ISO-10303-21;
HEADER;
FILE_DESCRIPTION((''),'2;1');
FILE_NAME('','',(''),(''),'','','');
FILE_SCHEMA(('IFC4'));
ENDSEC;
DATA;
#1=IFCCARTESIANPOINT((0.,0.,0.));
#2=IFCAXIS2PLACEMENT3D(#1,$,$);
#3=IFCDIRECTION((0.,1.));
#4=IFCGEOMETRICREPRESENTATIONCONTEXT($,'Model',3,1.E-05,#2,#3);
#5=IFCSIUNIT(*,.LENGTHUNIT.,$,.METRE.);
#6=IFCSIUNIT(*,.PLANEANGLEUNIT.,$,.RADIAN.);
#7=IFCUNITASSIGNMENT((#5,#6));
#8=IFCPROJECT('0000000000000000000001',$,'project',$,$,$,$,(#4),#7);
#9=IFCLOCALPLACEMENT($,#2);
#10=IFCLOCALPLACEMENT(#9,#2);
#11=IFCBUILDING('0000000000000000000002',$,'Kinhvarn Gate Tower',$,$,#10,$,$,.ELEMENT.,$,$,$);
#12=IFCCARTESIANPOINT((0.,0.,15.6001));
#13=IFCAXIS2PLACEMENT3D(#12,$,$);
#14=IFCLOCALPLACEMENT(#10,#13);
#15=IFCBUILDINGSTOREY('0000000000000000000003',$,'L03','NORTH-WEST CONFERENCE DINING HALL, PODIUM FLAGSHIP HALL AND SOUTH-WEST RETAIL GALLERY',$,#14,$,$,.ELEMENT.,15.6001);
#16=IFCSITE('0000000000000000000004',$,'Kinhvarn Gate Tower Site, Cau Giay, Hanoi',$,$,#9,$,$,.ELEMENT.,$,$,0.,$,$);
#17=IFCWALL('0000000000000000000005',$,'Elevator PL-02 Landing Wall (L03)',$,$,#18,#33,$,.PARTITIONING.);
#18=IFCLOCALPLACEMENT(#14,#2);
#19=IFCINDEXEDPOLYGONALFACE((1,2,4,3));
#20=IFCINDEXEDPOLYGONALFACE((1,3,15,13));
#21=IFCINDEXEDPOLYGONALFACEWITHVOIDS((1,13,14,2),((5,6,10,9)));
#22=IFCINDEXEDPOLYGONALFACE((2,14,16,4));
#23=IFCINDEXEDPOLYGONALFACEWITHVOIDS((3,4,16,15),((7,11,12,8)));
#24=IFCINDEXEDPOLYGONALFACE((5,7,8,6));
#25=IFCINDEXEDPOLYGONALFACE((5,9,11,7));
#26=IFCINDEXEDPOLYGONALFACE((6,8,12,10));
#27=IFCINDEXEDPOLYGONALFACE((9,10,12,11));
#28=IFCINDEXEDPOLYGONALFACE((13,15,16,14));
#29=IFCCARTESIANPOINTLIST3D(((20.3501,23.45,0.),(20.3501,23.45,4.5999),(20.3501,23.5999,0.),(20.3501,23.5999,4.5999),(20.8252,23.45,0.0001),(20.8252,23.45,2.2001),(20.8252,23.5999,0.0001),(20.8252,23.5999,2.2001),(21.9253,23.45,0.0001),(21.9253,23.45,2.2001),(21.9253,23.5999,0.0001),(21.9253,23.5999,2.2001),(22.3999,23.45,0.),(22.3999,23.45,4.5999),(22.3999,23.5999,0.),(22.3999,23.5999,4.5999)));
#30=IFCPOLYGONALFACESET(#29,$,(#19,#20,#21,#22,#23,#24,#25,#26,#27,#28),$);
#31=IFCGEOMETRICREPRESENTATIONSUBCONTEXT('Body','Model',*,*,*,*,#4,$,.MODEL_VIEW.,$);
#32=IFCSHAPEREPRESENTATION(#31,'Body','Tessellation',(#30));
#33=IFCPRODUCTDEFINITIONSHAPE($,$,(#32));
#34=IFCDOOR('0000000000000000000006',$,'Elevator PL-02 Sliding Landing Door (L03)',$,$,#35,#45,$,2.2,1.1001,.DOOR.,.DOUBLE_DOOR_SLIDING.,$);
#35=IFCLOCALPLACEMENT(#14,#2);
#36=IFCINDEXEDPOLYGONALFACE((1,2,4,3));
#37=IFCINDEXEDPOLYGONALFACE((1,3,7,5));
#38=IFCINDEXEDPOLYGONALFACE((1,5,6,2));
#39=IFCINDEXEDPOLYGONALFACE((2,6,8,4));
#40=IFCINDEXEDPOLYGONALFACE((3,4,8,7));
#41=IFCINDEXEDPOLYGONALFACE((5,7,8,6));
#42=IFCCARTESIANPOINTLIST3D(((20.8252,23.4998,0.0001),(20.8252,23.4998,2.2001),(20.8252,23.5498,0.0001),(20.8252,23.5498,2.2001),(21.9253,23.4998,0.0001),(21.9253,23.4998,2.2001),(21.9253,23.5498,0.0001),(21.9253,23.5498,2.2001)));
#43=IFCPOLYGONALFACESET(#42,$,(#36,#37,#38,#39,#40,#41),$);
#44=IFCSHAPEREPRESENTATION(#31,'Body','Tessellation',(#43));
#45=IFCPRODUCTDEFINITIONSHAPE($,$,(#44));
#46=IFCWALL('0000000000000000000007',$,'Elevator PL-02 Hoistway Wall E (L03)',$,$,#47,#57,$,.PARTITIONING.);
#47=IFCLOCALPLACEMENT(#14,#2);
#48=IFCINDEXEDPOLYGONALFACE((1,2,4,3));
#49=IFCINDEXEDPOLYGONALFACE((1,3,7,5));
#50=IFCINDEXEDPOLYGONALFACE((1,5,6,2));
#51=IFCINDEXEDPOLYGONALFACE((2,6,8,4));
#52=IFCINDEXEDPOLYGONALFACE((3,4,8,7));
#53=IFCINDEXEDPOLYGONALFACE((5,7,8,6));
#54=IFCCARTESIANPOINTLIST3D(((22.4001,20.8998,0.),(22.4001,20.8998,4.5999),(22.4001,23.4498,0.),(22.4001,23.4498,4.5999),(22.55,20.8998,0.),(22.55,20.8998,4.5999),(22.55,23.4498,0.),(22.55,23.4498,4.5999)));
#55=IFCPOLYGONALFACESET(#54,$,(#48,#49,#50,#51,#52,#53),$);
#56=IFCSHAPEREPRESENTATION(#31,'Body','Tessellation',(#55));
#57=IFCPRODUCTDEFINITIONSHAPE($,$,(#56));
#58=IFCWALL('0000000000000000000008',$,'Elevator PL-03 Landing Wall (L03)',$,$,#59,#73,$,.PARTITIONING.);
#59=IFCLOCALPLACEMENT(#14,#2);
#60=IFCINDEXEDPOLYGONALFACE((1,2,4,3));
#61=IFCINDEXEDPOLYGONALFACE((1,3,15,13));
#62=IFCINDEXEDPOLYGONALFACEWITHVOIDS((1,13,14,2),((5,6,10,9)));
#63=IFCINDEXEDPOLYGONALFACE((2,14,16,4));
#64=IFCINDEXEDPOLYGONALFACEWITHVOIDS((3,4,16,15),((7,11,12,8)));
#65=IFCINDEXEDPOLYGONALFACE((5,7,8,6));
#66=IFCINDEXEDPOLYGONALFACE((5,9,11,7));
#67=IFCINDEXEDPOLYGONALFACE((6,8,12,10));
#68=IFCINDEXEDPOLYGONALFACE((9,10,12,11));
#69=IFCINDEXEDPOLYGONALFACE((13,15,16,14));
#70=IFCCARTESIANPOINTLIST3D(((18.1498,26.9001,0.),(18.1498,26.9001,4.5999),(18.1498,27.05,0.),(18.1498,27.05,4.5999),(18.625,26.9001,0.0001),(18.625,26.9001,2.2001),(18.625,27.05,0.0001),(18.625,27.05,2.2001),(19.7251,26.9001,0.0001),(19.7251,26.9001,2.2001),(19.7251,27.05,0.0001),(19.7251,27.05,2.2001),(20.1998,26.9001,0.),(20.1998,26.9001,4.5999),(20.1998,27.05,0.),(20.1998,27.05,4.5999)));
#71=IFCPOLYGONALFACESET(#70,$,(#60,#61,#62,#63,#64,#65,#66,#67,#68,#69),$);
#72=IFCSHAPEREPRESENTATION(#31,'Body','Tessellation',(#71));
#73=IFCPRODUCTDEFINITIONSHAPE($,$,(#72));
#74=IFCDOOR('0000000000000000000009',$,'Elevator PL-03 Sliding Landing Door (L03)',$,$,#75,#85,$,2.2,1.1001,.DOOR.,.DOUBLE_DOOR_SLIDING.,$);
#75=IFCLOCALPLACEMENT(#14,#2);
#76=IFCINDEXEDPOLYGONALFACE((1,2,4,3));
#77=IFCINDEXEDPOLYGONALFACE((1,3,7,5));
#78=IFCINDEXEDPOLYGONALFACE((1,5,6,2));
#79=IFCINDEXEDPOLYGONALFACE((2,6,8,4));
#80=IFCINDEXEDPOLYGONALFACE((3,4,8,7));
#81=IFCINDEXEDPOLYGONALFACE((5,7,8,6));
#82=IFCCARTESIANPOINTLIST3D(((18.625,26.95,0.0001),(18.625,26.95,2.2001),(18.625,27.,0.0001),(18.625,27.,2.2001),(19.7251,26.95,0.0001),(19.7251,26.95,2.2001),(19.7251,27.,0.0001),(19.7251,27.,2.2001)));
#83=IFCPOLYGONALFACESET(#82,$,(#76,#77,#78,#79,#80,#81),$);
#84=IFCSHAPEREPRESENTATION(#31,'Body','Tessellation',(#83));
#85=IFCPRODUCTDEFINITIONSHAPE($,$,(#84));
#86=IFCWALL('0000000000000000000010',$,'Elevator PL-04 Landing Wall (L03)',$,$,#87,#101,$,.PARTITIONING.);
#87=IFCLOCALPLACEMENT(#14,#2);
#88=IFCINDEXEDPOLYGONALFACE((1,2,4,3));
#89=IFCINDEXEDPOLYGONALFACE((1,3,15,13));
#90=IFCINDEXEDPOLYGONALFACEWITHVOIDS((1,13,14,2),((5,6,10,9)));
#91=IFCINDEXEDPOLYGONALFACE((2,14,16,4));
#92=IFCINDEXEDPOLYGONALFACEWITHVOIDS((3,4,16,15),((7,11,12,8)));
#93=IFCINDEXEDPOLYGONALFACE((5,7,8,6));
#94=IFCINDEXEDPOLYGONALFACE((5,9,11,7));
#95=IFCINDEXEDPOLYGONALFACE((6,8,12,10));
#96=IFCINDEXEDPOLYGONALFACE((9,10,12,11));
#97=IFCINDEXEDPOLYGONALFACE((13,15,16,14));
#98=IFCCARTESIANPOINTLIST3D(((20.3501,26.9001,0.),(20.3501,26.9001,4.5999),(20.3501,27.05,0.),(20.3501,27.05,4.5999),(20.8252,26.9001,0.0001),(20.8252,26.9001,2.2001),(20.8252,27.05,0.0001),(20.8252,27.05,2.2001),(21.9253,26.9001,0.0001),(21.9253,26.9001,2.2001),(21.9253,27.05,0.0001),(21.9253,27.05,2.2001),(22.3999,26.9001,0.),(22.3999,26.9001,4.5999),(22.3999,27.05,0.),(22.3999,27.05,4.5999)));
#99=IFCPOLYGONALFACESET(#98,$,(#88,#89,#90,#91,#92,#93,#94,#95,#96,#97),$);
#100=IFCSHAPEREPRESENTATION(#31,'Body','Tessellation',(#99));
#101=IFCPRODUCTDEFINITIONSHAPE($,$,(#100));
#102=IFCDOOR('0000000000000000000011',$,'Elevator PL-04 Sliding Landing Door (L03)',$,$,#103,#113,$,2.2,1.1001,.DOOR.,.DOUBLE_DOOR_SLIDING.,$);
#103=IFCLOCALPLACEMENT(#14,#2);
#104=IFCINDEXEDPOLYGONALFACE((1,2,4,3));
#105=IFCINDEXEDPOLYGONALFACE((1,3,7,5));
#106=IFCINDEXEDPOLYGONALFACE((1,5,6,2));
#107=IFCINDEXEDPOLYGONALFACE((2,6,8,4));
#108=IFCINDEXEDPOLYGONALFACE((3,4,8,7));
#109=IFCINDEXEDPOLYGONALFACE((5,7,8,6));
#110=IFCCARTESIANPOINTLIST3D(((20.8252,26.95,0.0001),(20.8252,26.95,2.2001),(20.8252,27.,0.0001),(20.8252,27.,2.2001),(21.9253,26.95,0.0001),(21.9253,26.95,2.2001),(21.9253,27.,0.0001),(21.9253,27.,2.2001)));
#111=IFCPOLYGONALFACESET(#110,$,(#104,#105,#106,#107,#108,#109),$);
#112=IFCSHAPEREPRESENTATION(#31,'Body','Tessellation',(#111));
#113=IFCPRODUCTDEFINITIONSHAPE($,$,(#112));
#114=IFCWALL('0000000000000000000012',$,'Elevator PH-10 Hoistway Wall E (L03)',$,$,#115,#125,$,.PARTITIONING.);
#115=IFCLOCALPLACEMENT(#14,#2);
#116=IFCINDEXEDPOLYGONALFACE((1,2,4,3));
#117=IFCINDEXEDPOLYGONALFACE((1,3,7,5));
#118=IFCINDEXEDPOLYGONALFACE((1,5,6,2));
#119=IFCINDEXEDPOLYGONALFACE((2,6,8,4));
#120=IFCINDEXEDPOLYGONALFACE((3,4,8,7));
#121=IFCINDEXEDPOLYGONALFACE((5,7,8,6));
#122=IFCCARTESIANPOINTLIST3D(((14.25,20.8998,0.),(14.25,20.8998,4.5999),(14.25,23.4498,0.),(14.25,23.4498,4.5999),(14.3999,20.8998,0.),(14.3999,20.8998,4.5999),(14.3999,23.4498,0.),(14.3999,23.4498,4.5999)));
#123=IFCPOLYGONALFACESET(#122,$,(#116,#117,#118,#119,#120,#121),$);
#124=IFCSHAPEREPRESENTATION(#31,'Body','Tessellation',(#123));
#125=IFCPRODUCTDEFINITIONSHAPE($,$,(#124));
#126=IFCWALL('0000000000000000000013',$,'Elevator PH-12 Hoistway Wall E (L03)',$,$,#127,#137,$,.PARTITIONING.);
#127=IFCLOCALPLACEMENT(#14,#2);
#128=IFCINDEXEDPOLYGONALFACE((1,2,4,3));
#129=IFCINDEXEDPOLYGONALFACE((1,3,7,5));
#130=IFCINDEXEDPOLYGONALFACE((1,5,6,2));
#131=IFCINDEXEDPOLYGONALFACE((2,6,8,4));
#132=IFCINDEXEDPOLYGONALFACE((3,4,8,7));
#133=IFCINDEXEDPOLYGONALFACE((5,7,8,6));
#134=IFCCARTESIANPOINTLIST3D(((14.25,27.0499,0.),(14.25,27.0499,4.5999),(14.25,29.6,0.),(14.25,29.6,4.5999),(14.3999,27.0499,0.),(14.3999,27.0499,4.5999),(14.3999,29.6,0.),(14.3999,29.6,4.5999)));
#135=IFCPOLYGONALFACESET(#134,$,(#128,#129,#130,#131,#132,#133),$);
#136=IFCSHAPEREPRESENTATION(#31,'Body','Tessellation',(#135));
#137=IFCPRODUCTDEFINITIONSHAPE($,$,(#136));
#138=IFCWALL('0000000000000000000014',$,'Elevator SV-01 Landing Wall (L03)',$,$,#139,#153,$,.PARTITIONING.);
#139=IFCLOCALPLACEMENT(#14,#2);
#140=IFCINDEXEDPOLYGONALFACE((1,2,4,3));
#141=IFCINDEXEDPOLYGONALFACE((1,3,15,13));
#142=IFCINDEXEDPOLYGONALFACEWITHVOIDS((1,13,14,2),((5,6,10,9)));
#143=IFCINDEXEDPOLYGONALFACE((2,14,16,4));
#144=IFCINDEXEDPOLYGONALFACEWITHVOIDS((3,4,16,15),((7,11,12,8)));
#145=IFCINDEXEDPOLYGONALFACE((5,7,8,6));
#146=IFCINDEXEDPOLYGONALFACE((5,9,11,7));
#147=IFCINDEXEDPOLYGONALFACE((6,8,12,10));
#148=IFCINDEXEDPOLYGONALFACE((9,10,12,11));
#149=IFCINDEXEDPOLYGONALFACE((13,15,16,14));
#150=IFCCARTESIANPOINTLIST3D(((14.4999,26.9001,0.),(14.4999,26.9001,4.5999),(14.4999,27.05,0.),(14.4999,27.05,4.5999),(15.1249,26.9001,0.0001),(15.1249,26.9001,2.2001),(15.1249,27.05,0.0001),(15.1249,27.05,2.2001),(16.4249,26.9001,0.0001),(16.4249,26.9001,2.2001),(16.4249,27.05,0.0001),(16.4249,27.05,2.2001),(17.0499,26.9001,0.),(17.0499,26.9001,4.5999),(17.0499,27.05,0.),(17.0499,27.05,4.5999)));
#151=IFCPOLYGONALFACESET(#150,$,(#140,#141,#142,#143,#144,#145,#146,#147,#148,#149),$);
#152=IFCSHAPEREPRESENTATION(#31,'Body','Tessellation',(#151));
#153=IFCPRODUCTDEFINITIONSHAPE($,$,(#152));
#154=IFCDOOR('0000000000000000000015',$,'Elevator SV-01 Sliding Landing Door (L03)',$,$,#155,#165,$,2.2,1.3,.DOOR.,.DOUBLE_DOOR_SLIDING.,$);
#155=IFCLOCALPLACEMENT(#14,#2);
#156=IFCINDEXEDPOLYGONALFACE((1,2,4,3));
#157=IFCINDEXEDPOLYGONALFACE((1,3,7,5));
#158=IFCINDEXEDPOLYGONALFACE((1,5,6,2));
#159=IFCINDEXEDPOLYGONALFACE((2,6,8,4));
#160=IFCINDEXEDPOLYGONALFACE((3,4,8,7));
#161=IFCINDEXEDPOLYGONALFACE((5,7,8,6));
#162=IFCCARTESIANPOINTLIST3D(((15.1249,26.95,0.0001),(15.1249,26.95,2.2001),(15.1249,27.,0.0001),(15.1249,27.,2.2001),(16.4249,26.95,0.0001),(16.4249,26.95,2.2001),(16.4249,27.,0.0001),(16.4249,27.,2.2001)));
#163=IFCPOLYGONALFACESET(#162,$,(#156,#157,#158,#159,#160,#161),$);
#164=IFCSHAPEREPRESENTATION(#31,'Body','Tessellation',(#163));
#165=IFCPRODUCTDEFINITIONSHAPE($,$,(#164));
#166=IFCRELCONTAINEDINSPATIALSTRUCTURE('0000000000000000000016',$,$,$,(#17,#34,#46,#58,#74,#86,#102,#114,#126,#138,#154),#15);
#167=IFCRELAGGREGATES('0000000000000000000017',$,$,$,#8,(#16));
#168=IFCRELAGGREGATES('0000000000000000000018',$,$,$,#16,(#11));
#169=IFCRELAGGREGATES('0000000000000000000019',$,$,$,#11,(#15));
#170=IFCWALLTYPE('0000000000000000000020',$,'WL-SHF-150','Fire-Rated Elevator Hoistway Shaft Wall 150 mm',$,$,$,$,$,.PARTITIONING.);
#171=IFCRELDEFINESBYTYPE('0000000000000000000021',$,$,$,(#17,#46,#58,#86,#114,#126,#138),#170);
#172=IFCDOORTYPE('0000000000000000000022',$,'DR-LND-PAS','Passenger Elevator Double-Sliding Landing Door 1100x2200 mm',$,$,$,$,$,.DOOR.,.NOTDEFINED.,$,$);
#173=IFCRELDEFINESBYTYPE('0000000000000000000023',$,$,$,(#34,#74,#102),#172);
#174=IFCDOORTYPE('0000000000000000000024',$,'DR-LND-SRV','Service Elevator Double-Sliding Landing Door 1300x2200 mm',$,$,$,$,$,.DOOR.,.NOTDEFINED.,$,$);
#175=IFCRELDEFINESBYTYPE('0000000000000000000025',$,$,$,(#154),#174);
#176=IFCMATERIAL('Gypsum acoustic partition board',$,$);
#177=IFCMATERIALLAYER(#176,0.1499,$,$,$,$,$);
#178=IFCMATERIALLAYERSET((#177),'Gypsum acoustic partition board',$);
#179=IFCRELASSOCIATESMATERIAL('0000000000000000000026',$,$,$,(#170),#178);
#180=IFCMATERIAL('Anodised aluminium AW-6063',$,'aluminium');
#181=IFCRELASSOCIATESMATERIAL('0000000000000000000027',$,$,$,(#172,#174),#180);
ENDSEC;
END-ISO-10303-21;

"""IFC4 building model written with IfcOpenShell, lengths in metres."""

from ifc_helpers import new_model, si_unit, direction, frame, frame_2d, origin, place, context, subcontext, project, spatial, rectangle, extrude, material, layer, layer_set, type_object, element, fill, save


model = new_model("IFC4")

# Units and contexts
model_context = context("Model", 3, precision=1e-05, world=origin(), true_north=direction((0.0, 1.0)))
body_context = subcontext(model_context, "Body", "Model", "MODEL_VIEW")
ifc_project = project(units=[si_unit("LENGTHUNIT", "METRE"), si_unit("PLANEANGLEUNIT", "RADIAN")], contexts=[model_context])

# Site, building, storey
site_placement = place(None, origin())
site = spatial("IfcSite", under=ifc_project, at=site_placement, Name="Kinhvarn Gate Tower Site, Cau Giay, Hanoi", CompositionType="ELEMENT", RefElevation=0.0)
building_placement = place(site_placement, origin())
building = spatial("IfcBuilding", under=site, at=building_placement, Name="Kinhvarn Gate Tower", CompositionType="ELEMENT")
storey_placement = place(building_placement, frame((0.0, 0.0, 15.6001)))
storey = spatial("IfcBuildingStorey", under=building, at=storey_placement, Name="L03", Description="NORTH-WEST CONFERENCE DINING HALL, PODIUM FLAGSHIP HALL AND SOUTH-WEST RETAIL GALLERY", CompositionType="ELEMENT", Elevation=15.6001)

# Shared definitions
ifc_material_1 = material(Name="Gypsum acoustic partition board")
ifc_material_2 = material(Name="Anodised aluminium AW-6063", Category="aluminium")

# Shared definitions
ifc_layer_1 = layer(ifc_material_1, 0.1499)
ifc_layer_set_1 = layer_set([ifc_layer_1], Name="Gypsum acoustic partition board")
wall_type_1 = type_object("IfcWallType", Name="WL-SHF-150", Description="Fire-Rated Elevator Hoistway Shaft Wall 150 mm", PredefinedType="PARTITIONING", material=ifc_layer_set_1)

# Shared definitions
door_type_1 = type_object("IfcDoorType", Name="DR-LND-PAS", Description="Passenger Elevator Double-Sliding Landing Door 1100x2200 mm", OperationType="NOTDEFINED", PredefinedType="DOOR", material=ifc_material_2)

# Wall, opening, door
wall_1_placement = place(storey_placement, frame((20.3501, 23.5249, 0.0), z_axis=(0.0, 0.0, 1.0), x_axis=(1.0, 0.0, 0.0)))
wall_1 = element("IfcWall", 1, at=wall_1_placement, inside=storey, type_object=wall_type_1, Name="Elevator PL-02 Landing Wall (L03)", PredefinedType="PARTITIONING", context=body_context, shape_type="SweptSolid", body=[
    extrude(rectangle(XDim=2.0498, YDim=0.1499, at=frame_2d((1.0249, 0.0))), origin(), (0.0, 0.0, 1.0), 4.5999),
])
opening_1_placement = place(wall_1_placement, frame((0.4751, 0.0, 0.0)))
opening_1 = element("IfcOpeningElement", 2, at=opening_1_placement, cuts=wall_1, PredefinedType="OPENING", context=body_context, shape_type="SweptSolid", body=[
    extrude(rectangle(XDim=1.1001, YDim=2.2, at=frame_2d((0.55, 1.1001))), frame((0.0, 0.085, 0.0), z_axis=(0.0, -1.0, 0.0), x_axis=(1.0, 0.0, 0.0)), (0.0, 0.0, 1.0), 0.1699),
])
door_1_placement = place(opening_1_placement, origin())
door_1 = element("IfcDoor", 3, at=door_1_placement, inside=storey, type_object=door_type_1, Name="Elevator PL-02 Sliding Landing Door (L03)", OperationType="DOUBLE_DOOR_SLIDING", OverallHeight=2.2, OverallWidth=1.1001, PredefinedType="DOOR", context=body_context, shape_type="SweptSolid", body=[
    extrude(rectangle(XDim=1.1001, YDim=2.2, at=frame_2d((0.55, 1.1001))), frame((0.0, 0.0249, 0.0), z_axis=(0.0, -1.0, 0.0), x_axis=(1.0, 0.0, 0.0)), (0.0, 0.0, 1.0), 0.05),
])
fill(opening_1, door_1)

# Wall
wall_2_placement = place(storey_placement, frame((22.4751, 20.8999, 0.0), z_axis=(0.0, 0.0, 1.0), x_axis=(0.0, 1.0, 0.0)))
element("IfcWall", 4, at=wall_2_placement, inside=storey, type_object=wall_type_1, Name="Elevator PL-02 Hoistway Wall E (L03)", PredefinedType="PARTITIONING", context=body_context, shape_type="SweptSolid", body=[
    extrude(rectangle(XDim=2.55, YDim=0.1499, at=frame_2d((1.2749, 0.0))), origin(), (0.0, 0.0, 1.0), 4.5999),
])

# Walls, openings, doors
wall_3_placement = place(storey_placement, frame((18.1499, 26.9751, 0.0), z_axis=(0.0, 0.0, 1.0), x_axis=(1.0, 0.0, 0.0)))
wall_3 = element("IfcWall", 5, at=wall_3_placement, inside=storey, type_object=wall_type_1, Name="Elevator PL-03 Landing Wall (L03)", PredefinedType="PARTITIONING", context=body_context, shape_type="SweptSolid", body=[
    extrude(rectangle(XDim=2.05, YDim=0.1499, at=frame_2d((1.0249, 0.0))), origin(), (0.0, 0.0, 1.0), 4.5999),
])
opening_2_placement = place(wall_3_placement, frame((0.4751, 0.0, 0.0)))
opening_2 = element("IfcOpeningElement", 6, at=opening_2_placement, cuts=wall_3, PredefinedType="OPENING", context=body_context, shape_type="SweptSolid", body=[
    extrude(rectangle(XDim=1.1001, YDim=2.2, at=frame_2d((0.55, 1.1001))), frame((0.0, 0.085, 0.0), z_axis=(0.0, -1.0, 0.0), x_axis=(1.0, 0.0, 0.0)), (0.0, 0.0, 1.0), 0.1699),
])
door_2_placement = place(opening_2_placement, origin())
door_2 = element("IfcDoor", 7, at=door_2_placement, inside=storey, type_object=door_type_1, Name="Elevator PL-03 Sliding Landing Door (L03)", OperationType="DOUBLE_DOOR_SLIDING", OverallHeight=2.2, OverallWidth=1.1001, PredefinedType="DOOR", context=body_context, shape_type="SweptSolid", body=[
    extrude(rectangle(XDim=1.1001, YDim=2.2, at=frame_2d((0.55, 1.1001))), frame((0.0, 0.0249, 0.0), z_axis=(0.0, -1.0, 0.0), x_axis=(1.0, 0.0, 0.0)), (0.0, 0.0, 1.0), 0.05),
])
fill(opening_2, door_2)
wall_4_placement = place(storey_placement, frame((20.3501, 26.9751, 0.0), z_axis=(0.0, 0.0, 1.0), x_axis=(1.0, 0.0, 0.0)))
wall_4 = element("IfcWall", 8, at=wall_4_placement, inside=storey, type_object=wall_type_1, Name="Elevator PL-04 Landing Wall (L03)", PredefinedType="PARTITIONING", context=body_context, shape_type="SweptSolid", body=[
    extrude(rectangle(XDim=2.0498, YDim=0.1499, at=frame_2d((1.0249, 0.0))), origin(), (0.0, 0.0, 1.0), 4.5999),
])
opening_3_placement = place(wall_4_placement, frame((0.4751, 0.0, 0.0)))
opening_3 = element("IfcOpeningElement", 9, at=opening_3_placement, cuts=wall_4, PredefinedType="OPENING", context=body_context, shape_type="SweptSolid", body=[
    extrude(rectangle(XDim=1.1001, YDim=2.2, at=frame_2d((0.55, 1.1001))), frame((0.0, 0.085, 0.0), z_axis=(0.0, -1.0, 0.0), x_axis=(1.0, 0.0, 0.0)), (0.0, 0.0, 1.0), 0.1699),
])
door_3_placement = place(opening_3_placement, origin())
door_3 = element("IfcDoor", 10, at=door_3_placement, inside=storey, type_object=door_type_1, Name="Elevator PL-04 Sliding Landing Door (L03)", OperationType="DOUBLE_DOOR_SLIDING", OverallHeight=2.2, OverallWidth=1.1001, PredefinedType="DOOR", context=body_context, shape_type="SweptSolid", body=[
    extrude(rectangle(XDim=1.1001, YDim=2.2, at=frame_2d((0.55, 1.1001))), frame((0.0, 0.0249, 0.0), z_axis=(0.0, -1.0, 0.0), x_axis=(1.0, 0.0, 0.0)), (0.0, 0.0, 1.0), 0.05),
])
fill(opening_3, door_3)

# Walls
for number, where, z_axis, x_axis, name in (
    (11, (14.325, 20.8999, 0.0), (0.0, 0.0, 1.0), (0.0, 1.0, 0.0), "Elevator PH-10 Hoistway Wall E (L03)"),
    (12, (14.325, 27.05, 0.0), (0.0, 0.0, 1.0), (0.0, 1.0, 0.0), "Elevator PH-12 Hoistway Wall E (L03)"),
):
    element("IfcWall", number, at=place(storey_placement, frame(where, z_axis=z_axis, x_axis=x_axis)), inside=storey, type_object=wall_type_1, Name=name, PredefinedType="PARTITIONING", context=body_context, shape_type="SweptSolid", body=[
        extrude(rectangle(XDim=2.55, YDim=0.1499, at=frame_2d((1.2749, 0.0))), origin(), (0.0, 0.0, 1.0), 4.5999),
    ])

# Wall, opening, door
wall_5_placement = place(storey_placement, frame((14.5, 26.9751, 0.0), z_axis=(0.0, 0.0, 1.0), x_axis=(1.0, 0.0, 0.0)))
wall_5 = element("IfcWall", 13, at=wall_5_placement, inside=storey, type_object=wall_type_1, Name="Elevator SV-01 Landing Wall (L03)", PredefinedType="PARTITIONING", context=body_context, shape_type="SweptSolid", body=[
    extrude(rectangle(XDim=2.55, YDim=0.1499, at=frame_2d((1.2749, 0.0))), origin(), (0.0, 0.0, 1.0), 4.5999),
])
opening_4_placement = place(wall_5_placement, frame((0.625, 0.0, 0.0)))
opening_4 = element("IfcOpeningElement", 14, at=opening_4_placement, cuts=wall_5, PredefinedType="OPENING", context=body_context, shape_type="SweptSolid", body=[
    extrude(rectangle(XDim=1.3, YDim=2.2, at=frame_2d((0.6499, 1.1001))), frame((0.0, 0.085, 0.0), z_axis=(0.0, -1.0, 0.0), x_axis=(1.0, 0.0, 0.0)), (0.0, 0.0, 1.0), 0.1699),
])
door_type_2 = type_object("IfcDoorType", Name="DR-LND-SRV", Description="Service Elevator Double-Sliding Landing Door 1300x2200 mm", OperationType="NOTDEFINED", PredefinedType="DOOR", material=ifc_material_2)
door_4_placement = place(opening_4_placement, origin())
door_4 = element("IfcDoor", 15, at=door_4_placement, inside=storey, type_object=door_type_2, Name="Elevator SV-01 Sliding Landing Door (L03)", OperationType="DOUBLE_DOOR_SLIDING", OverallHeight=2.2, OverallWidth=1.3, PredefinedType="DOOR", context=body_context, shape_type="SweptSolid", body=[
    extrude(rectangle(XDim=1.3, YDim=2.2, at=frame_2d((0.6499, 1.1001))), frame((0.0, 0.0249, 0.0), z_axis=(0.0, -1.0, 0.0), x_axis=(1.0, 0.0, 0.0)), (0.0, 0.0, 1.0), 0.05),
])
fill(opening_4, door_4)

save(model, "model.ifc")
